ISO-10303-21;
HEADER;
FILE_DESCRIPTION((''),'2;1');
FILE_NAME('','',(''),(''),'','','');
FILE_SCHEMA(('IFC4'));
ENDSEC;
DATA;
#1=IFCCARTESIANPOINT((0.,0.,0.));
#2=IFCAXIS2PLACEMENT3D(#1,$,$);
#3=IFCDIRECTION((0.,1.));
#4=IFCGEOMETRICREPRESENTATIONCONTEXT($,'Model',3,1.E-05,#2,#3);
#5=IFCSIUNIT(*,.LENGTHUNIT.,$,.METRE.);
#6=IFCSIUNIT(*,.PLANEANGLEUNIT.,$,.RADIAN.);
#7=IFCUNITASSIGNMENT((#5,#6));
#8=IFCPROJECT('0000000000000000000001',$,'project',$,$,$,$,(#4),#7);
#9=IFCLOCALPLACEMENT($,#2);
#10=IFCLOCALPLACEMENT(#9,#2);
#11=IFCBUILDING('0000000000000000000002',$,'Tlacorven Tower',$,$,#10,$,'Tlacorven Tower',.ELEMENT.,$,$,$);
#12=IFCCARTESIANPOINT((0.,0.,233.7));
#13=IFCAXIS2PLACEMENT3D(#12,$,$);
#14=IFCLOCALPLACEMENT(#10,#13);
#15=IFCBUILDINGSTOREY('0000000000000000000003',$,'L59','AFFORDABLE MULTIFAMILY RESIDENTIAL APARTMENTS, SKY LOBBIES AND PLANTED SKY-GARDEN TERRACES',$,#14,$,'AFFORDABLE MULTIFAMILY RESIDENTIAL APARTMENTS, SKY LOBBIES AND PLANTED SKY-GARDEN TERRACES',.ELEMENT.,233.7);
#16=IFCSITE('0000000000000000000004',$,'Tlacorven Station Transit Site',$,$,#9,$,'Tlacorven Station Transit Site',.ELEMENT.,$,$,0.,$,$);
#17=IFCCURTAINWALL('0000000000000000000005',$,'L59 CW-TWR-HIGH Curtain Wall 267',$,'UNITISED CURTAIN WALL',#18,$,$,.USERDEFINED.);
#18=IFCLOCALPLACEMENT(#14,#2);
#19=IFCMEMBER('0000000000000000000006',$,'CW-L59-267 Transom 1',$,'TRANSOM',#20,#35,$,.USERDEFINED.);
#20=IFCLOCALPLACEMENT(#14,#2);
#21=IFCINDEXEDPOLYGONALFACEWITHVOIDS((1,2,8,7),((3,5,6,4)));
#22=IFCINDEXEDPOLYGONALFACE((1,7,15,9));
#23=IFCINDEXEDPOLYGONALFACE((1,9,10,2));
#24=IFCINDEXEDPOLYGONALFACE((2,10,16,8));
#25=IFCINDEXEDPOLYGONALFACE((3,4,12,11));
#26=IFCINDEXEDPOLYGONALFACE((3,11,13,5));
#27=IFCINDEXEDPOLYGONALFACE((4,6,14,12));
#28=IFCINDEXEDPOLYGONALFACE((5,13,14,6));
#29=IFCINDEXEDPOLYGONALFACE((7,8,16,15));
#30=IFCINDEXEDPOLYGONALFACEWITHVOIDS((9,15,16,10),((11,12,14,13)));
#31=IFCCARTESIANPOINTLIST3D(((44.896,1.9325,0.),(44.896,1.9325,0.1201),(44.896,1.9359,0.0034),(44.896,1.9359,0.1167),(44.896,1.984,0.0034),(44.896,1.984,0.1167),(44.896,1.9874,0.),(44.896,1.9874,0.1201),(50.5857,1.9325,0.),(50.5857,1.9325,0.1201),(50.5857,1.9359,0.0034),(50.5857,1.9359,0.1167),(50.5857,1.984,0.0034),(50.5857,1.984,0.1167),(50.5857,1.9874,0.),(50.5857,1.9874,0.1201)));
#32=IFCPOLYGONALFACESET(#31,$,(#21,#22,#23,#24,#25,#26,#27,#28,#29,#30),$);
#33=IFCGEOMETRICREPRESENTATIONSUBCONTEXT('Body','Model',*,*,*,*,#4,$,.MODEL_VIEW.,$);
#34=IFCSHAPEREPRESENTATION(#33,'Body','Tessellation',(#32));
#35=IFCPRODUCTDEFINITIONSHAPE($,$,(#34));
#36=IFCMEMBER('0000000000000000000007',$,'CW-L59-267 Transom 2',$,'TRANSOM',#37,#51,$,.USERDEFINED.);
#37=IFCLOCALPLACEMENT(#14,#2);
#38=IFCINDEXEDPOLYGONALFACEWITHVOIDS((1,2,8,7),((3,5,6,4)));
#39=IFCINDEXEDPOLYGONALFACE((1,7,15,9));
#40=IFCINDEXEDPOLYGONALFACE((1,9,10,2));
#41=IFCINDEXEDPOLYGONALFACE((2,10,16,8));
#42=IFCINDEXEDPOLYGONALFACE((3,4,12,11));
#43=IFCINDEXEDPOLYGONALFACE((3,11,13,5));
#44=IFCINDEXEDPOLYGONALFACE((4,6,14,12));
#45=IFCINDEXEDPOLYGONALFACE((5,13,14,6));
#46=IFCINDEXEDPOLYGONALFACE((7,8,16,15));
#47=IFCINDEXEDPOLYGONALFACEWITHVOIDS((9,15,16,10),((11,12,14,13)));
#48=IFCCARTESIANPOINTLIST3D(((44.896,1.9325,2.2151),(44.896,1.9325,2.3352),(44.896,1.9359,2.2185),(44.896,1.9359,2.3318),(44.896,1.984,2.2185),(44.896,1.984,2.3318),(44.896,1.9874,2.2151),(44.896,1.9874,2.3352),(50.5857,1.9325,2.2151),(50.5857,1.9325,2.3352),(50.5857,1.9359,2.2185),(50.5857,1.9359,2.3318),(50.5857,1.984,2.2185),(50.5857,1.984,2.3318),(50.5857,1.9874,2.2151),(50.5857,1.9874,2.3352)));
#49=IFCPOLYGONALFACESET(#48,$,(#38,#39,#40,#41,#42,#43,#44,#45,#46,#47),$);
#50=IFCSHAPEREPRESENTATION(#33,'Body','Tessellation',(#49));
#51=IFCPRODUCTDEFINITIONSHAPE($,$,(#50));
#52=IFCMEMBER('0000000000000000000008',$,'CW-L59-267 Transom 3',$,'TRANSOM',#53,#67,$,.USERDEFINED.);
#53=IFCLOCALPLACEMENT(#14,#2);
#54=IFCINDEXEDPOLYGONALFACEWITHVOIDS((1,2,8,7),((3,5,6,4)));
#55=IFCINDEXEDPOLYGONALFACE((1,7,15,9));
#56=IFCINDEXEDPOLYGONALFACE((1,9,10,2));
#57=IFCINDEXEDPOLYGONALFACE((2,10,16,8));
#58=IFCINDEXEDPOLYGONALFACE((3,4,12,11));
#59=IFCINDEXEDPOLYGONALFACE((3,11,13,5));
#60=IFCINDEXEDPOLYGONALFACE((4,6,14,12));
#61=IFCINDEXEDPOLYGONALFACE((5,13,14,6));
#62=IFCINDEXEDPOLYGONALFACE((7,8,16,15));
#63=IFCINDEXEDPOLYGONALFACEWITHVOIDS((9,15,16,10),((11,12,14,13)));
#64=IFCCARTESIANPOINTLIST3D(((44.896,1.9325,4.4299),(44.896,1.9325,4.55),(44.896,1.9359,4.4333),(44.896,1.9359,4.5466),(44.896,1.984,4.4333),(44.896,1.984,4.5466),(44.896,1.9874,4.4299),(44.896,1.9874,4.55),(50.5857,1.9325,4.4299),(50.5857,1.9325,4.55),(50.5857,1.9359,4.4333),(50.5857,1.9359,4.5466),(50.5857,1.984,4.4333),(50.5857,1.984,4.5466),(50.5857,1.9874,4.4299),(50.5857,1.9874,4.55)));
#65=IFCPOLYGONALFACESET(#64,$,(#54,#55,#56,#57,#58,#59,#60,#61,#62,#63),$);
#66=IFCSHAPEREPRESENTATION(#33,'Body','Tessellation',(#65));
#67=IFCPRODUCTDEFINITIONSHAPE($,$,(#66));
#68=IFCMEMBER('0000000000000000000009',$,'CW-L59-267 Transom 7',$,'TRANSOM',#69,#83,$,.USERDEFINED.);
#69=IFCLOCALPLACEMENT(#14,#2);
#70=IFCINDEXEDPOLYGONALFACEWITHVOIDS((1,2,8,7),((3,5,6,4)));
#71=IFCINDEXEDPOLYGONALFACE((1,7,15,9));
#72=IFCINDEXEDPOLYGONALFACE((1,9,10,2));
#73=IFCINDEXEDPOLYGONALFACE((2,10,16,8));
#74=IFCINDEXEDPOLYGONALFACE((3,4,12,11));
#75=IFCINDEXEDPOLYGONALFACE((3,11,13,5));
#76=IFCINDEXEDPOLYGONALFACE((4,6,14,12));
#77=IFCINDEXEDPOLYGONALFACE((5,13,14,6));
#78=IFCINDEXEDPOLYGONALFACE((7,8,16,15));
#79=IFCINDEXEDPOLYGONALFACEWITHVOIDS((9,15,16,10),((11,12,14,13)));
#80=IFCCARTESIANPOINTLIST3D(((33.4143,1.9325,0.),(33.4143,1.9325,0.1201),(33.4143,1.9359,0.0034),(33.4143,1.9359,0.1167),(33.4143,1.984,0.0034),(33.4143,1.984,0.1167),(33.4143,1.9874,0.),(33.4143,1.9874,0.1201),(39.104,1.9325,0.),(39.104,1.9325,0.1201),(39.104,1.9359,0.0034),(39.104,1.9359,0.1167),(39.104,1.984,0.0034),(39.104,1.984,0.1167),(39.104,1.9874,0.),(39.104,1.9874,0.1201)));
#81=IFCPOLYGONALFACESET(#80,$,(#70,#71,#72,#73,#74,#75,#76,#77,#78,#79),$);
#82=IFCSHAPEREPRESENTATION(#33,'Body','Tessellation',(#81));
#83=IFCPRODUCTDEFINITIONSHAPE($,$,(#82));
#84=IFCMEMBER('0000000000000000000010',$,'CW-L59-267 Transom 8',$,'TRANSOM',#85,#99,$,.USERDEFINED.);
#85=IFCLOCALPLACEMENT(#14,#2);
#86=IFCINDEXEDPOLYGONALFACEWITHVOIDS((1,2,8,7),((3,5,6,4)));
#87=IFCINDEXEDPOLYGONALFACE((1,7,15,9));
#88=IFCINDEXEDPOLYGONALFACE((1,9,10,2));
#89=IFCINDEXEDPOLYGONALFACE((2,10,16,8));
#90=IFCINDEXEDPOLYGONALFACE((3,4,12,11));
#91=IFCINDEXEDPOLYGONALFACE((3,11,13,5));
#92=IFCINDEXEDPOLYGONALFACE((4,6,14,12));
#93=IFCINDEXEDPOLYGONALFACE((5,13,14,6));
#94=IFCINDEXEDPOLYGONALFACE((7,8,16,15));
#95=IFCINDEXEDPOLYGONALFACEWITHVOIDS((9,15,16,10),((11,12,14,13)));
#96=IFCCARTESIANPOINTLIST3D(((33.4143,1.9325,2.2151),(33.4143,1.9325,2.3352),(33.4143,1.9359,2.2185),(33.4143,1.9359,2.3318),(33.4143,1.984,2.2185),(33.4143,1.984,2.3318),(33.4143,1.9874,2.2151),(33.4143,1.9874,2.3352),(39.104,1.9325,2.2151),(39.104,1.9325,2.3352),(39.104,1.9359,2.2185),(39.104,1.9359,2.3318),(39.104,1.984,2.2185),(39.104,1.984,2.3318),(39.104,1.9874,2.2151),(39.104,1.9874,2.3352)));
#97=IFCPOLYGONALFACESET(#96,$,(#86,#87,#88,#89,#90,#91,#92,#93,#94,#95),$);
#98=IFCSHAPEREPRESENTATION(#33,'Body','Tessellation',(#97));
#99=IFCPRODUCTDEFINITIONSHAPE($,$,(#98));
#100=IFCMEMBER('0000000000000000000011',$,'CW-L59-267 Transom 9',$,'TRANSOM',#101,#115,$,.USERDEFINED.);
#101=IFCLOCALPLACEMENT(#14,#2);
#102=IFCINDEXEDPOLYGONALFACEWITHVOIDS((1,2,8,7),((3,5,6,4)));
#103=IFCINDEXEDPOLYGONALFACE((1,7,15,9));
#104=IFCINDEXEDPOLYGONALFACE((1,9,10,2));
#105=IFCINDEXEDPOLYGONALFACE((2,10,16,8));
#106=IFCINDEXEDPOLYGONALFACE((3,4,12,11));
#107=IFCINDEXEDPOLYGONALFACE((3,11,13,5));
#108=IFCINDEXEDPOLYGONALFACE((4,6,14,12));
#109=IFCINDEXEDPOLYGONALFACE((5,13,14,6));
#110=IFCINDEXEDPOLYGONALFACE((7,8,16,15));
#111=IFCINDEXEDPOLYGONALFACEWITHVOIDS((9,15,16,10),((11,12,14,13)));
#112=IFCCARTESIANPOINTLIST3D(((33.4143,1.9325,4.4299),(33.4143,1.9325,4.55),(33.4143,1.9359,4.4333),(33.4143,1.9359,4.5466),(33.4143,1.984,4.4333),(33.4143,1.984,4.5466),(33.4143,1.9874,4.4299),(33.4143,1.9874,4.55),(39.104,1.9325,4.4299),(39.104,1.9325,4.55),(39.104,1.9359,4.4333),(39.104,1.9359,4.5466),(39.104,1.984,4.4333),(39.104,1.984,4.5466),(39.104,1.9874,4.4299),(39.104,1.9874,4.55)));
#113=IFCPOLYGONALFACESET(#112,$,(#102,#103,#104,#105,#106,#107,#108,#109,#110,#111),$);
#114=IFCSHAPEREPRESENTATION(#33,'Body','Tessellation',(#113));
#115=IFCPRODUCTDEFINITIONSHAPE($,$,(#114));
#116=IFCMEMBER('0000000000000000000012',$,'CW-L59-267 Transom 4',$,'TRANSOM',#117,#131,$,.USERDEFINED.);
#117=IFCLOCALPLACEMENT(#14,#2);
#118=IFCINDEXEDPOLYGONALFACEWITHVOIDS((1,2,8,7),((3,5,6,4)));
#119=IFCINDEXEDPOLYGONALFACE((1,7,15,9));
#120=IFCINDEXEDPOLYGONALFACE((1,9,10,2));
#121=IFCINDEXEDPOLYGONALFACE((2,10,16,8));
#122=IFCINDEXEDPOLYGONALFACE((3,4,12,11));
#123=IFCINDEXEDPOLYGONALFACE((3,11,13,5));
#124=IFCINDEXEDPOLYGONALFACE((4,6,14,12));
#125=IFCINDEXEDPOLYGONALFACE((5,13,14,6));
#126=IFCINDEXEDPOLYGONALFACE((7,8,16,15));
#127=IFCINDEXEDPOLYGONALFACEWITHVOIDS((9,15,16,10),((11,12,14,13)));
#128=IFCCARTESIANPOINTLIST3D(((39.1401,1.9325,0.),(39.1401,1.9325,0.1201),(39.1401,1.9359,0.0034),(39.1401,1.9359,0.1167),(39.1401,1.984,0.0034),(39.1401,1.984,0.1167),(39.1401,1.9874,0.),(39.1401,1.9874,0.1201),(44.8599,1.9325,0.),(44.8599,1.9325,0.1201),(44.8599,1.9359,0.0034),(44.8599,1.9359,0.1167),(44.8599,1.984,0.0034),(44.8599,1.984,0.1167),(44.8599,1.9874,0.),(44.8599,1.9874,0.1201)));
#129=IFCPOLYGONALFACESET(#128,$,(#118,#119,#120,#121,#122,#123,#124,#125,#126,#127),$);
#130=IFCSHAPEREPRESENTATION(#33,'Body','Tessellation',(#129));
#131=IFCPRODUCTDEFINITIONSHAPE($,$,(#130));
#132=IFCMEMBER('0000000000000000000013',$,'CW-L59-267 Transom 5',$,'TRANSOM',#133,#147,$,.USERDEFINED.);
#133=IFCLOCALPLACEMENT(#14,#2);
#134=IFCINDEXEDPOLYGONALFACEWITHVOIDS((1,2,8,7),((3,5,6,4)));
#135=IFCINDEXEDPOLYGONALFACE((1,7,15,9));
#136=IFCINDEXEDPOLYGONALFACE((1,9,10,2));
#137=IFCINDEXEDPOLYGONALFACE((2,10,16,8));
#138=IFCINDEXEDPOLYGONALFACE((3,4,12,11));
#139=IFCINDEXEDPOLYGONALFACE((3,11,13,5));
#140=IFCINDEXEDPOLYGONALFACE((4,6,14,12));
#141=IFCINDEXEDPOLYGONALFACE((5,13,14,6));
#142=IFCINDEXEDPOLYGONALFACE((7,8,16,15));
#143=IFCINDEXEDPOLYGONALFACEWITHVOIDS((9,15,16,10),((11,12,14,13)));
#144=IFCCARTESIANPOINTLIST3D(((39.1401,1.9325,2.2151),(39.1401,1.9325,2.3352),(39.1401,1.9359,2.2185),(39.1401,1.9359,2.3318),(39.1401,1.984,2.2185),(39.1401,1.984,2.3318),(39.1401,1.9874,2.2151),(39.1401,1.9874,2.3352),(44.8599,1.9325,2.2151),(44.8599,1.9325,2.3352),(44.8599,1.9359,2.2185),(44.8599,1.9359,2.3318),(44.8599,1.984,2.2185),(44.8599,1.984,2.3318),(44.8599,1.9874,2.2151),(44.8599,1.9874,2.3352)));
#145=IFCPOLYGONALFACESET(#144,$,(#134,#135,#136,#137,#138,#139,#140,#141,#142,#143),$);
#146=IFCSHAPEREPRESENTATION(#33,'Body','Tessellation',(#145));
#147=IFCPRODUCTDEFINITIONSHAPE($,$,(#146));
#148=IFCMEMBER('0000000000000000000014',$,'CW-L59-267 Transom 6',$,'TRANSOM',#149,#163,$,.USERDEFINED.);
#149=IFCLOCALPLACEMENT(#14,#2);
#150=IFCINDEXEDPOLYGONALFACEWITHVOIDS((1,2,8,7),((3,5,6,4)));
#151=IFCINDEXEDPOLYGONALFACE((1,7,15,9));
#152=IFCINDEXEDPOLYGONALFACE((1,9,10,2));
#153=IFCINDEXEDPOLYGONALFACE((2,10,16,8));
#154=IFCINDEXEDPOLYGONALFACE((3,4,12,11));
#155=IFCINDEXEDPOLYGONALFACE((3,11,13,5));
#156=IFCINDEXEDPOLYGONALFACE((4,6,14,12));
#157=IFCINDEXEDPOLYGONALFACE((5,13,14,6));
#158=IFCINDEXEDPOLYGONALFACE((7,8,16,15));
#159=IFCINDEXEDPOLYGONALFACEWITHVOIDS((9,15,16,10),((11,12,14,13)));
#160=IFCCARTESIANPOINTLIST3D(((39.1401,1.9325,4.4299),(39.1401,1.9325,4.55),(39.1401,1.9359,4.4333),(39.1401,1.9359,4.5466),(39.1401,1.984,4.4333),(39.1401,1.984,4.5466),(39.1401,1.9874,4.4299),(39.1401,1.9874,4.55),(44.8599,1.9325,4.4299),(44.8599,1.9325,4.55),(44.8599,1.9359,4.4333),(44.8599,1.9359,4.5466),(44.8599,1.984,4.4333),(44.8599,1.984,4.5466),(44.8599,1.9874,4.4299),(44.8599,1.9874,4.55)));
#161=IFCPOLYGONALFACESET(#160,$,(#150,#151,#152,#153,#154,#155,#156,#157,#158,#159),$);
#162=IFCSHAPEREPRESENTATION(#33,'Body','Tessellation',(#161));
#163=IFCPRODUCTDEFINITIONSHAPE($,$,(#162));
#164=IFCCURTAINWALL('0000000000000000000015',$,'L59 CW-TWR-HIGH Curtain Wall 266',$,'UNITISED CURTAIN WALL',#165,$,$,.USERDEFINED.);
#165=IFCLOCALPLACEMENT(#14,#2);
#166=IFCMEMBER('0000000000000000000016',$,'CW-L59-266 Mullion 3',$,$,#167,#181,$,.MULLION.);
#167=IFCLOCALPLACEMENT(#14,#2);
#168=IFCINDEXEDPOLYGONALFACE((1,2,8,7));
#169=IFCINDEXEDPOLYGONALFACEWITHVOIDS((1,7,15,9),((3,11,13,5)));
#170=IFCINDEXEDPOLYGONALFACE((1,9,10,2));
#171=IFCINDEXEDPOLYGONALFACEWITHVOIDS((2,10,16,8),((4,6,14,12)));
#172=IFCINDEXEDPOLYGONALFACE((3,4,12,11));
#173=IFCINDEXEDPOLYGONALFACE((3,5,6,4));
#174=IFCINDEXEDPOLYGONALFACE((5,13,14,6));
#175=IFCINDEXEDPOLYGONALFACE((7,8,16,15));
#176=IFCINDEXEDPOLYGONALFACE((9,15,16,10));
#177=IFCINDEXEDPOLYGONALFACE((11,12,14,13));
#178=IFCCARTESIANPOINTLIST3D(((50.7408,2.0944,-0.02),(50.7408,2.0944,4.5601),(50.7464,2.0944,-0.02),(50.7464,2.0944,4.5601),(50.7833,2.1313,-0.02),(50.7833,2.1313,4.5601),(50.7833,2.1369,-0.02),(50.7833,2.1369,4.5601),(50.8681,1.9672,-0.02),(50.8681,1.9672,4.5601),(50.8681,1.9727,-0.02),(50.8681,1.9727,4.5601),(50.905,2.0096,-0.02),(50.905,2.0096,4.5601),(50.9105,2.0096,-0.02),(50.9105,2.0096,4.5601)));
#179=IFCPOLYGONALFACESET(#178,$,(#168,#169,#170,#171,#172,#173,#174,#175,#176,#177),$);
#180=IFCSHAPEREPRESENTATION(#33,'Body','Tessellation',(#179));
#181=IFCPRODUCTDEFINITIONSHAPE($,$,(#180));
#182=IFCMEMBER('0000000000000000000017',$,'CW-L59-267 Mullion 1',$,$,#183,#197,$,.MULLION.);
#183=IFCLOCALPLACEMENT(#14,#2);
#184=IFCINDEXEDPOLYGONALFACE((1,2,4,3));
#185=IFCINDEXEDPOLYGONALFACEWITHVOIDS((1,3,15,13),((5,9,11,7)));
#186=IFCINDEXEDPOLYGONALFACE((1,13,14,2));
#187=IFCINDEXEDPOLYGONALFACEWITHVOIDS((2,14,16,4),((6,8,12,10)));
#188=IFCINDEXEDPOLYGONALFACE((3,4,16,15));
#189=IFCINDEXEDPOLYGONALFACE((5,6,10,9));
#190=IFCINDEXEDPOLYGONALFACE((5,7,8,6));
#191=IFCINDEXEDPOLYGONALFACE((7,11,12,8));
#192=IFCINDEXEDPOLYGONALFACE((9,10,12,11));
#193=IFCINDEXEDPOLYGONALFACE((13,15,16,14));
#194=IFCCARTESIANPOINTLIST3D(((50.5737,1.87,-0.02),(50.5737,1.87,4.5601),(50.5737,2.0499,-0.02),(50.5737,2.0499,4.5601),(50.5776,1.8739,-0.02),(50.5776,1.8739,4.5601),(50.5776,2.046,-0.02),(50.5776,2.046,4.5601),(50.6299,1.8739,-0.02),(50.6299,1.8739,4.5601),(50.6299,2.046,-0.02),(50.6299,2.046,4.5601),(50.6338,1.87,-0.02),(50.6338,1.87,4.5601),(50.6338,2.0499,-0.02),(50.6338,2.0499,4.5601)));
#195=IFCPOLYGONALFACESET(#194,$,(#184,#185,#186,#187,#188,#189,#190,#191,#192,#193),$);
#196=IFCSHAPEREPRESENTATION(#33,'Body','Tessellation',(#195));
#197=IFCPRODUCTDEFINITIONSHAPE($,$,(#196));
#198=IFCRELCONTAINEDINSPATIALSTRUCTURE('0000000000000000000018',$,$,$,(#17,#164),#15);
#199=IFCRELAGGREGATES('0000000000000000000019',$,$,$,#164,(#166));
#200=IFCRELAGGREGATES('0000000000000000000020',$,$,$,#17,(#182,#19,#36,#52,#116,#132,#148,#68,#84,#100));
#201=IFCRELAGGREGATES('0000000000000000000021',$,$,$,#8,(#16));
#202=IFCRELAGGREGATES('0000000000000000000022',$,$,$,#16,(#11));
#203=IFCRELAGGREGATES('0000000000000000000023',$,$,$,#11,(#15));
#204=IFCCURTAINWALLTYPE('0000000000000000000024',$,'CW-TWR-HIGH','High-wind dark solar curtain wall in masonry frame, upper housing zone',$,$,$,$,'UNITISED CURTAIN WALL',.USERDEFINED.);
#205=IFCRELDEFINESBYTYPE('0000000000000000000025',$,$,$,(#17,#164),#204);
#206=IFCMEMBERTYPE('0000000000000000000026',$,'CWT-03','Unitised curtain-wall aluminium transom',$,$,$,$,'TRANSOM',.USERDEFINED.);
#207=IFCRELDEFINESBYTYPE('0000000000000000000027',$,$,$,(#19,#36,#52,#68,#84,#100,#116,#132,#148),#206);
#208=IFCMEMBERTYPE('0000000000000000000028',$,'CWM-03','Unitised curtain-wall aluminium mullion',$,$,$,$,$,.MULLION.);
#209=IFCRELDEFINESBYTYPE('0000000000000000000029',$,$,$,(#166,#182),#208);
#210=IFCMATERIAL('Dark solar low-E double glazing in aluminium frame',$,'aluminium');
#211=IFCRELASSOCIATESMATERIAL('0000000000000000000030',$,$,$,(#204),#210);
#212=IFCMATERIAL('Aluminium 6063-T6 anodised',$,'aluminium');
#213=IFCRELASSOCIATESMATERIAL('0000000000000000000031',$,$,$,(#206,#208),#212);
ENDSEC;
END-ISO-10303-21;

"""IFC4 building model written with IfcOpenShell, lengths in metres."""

from ifc_helpers import new_model, si_unit, direction, frame, origin, origin_2d, place, context, subcontext, project, spatial, hollow_rectangle, extrude, source, transform, mapped, material, material_profile, profile_set, type_object, element, aggregate, save


model = new_model("IFC4")

# Units and contexts
model_context = context("Model", 3, precision=1e-05, world=origin(), true_north=direction((0.0, 1.0)))
body_context = subcontext(model_context, "Body", "Model", "MODEL_VIEW")
ifc_project = project(units=[si_unit("LENGTHUNIT", "METRE"), si_unit("PLANEANGLEUNIT", "RADIAN")], contexts=[model_context])

# Site, building, storey
site_placement = place(None, origin())
site = spatial("IfcSite", under=ifc_project, at=site_placement, Name="Tlacorven Station Transit Site", LongName="Tlacorven Station Transit Site", CompositionType="ELEMENT", RefElevation=0.0)
building_placement = place(site_placement, origin())
building = spatial("IfcBuilding", under=site, at=building_placement, Name="Tlacorven Tower", LongName="Tlacorven Tower", CompositionType="ELEMENT")
storey_placement = place(building_placement, frame((0.0, 0.0, 233.7)))
storey = spatial("IfcBuildingStorey", under=building, at=storey_placement, Name="L59", Description="AFFORDABLE MULTIFAMILY RESIDENTIAL APARTMENTS, SKY LOBBIES AND PLANTED SKY-GARDEN TERRACES", LongName="AFFORDABLE MULTIFAMILY RESIDENTIAL APARTMENTS, SKY LOBBIES AND PLANTED SKY-GARDEN TERRACES", CompositionType="ELEMENT", Elevation=233.7)

# Curtain wall, members
ifc_material_1 = material(Name="Dark solar low-E double glazing in aluminium frame", Category="aluminium")
curtain_wall_type = type_object("IfcCurtainWallType", Name="CW-TWR-HIGH", Description="High-wind dark solar curtain wall in masonry frame, upper housing zone", ElementType="UNITISED CURTAIN WALL", PredefinedType="USERDEFINED", material=ifc_material_1)
curtain_wall_1_placement = place(storey_placement, origin())
curtain_wall_1 = element("IfcCurtainWall", 1, at=curtain_wall_1_placement, inside=storey, type_object=curtain_wall_type, Name="L59 CW-TWR-HIGH Curtain Wall 267", ObjectType="UNITISED CURTAIN WALL", PredefinedType="USERDEFINED")
ifc_material_2 = material(Name="Aluminium 6063-T6 anodised", Category="aluminium")
ifc_material_profile_1 = material_profile(ifc_material_2, hollow_rectangle(XDim=0.0549, YDim=0.1201, WallThickness=0.0034, at=origin_2d()), Name="ALU TRANSOM 55X120")
ifc_profile_set_1 = profile_set([ifc_material_profile_1], Name="Aluminium 6063-T6 anodised")
member_type_1 = type_object("IfcMemberType", Name="CWT-03", Description="Unitised curtain-wall aluminium transom", ElementType="TRANSOM", PredefinedType="USERDEFINED", material=ifc_profile_set_1)
shared_shape_1 = source(origin(), body_context, "Body", "SweptSolid", [
    extrude(hollow_rectangle(XDim=0.0549, YDim=0.1201, WallThickness=0.0034, at=origin_2d()), origin(), (0.0, 0.0, 1.0), 5.6897),
])
member_1_placement = place(storey_placement, frame((50.5857, 1.96, 0.0601), z_axis=(-1.0, 0.0, 0.0), x_axis=(0.0, -1.0, 0.0)))
member_1 = element("IfcMember", 2, at=member_1_placement, type_object=member_type_1, Name="CW-L59-267 Transom 1", ObjectType="TRANSOM", PredefinedType="USERDEFINED", context=body_context, shape_type="MappedRepresentation", body=[
    mapped(shared_shape_1, transform((0.0, 0.0, 0.0), scale=1.0)),
])
member_2_placement = place(storey_placement, frame((50.5857, 1.96, 2.2751), z_axis=(-1.0, 0.0, 0.0), x_axis=(0.0, -1.0, 0.0)))
member_2 = element("IfcMember", 3, at=member_2_placement, type_object=member_type_1, Name="CW-L59-267 Transom 2", ObjectType="TRANSOM", PredefinedType="USERDEFINED", context=body_context, shape_type="MappedRepresentation", body=[
    mapped(shared_shape_1, transform((0.0, 0.0, 0.0), scale=1.0)),
])
member_3_placement = place(storey_placement, frame((50.5857, 1.96, 4.49), z_axis=(-1.0, 0.0, 0.0), x_axis=(0.0, -1.0, 0.0)))
member_3 = element("IfcMember", 4, at=member_3_placement, type_object=member_type_1, Name="CW-L59-267 Transom 3", ObjectType="TRANSOM", PredefinedType="USERDEFINED", context=body_context, shape_type="MappedRepresentation", body=[
    mapped(shared_shape_1, transform((0.0, 0.0, 0.0), scale=1.0)),
])
member_4_placement = place(storey_placement, frame((39.104, 1.96, 0.0601), z_axis=(-1.0, 0.0, 0.0), x_axis=(0.0, -1.0, 0.0)))
member_4 = element("IfcMember", 5, at=member_4_placement, type_object=member_type_1, Name="CW-L59-267 Transom 7", ObjectType="TRANSOM", PredefinedType="USERDEFINED", context=body_context, shape_type="MappedRepresentation", body=[
    mapped(shared_shape_1, transform((0.0, 0.0, 0.0), scale=1.0)),
])
member_5_placement = place(storey_placement, frame((39.104, 1.96, 2.2751), z_axis=(-1.0, 0.0, 0.0), x_axis=(0.0, -1.0, 0.0)))
member_5 = element("IfcMember", 6, at=member_5_placement, type_object=member_type_1, Name="CW-L59-267 Transom 8", ObjectType="TRANSOM", PredefinedType="USERDEFINED", context=body_context, shape_type="MappedRepresentation", body=[
    mapped(shared_shape_1, transform((0.0, 0.0, 0.0), scale=1.0)),
])
member_6_placement = place(storey_placement, frame((39.104, 1.96, 4.49), z_axis=(-1.0, 0.0, 0.0), x_axis=(0.0, -1.0, 0.0)))
member_6 = element("IfcMember", 7, at=member_6_placement, type_object=member_type_1, Name="CW-L59-267 Transom 9", ObjectType="TRANSOM", PredefinedType="USERDEFINED", context=body_context, shape_type="MappedRepresentation", body=[
    mapped(shared_shape_1, transform((0.0, 0.0, 0.0), scale=1.0)),
])
shared_shape_2 = source(origin(), body_context, "Body", "SweptSolid", [
    extrude(hollow_rectangle(XDim=0.0549, YDim=0.1201, WallThickness=0.0034, at=origin_2d()), origin(), (0.0, 0.0, 1.0), 5.7197),
])
member_7_placement = place(storey_placement, frame((44.8599, 1.96, 0.0601), z_axis=(-1.0, 0.0, 0.0), x_axis=(0.0, -1.0, 0.0)))
member_7 = element("IfcMember", 8, at=member_7_placement, type_object=member_type_1, Name="CW-L59-267 Transom 4", ObjectType="TRANSOM", PredefinedType="USERDEFINED", context=body_context, shape_type="MappedRepresentation", body=[
    mapped(shared_shape_2, transform((0.0, 0.0, 0.0), scale=1.0)),
])
member_8_placement = place(storey_placement, frame((44.8599, 1.96, 2.2751), z_axis=(-1.0, 0.0, 0.0), x_axis=(0.0, -1.0, 0.0)))
member_8 = element("IfcMember", 9, at=member_8_placement, type_object=member_type_1, Name="CW-L59-267 Transom 5", ObjectType="TRANSOM", PredefinedType="USERDEFINED", context=body_context, shape_type="MappedRepresentation", body=[
    mapped(shared_shape_2, transform((0.0, 0.0, 0.0), scale=1.0)),
])
member_9_placement = place(storey_placement, frame((44.8599, 1.96, 4.49), z_axis=(-1.0, 0.0, 0.0), x_axis=(0.0, -1.0, 0.0)))
member_9 = element("IfcMember", 10, at=member_9_placement, type_object=member_type_1, Name="CW-L59-267 Transom 6", ObjectType="TRANSOM", PredefinedType="USERDEFINED", context=body_context, shape_type="MappedRepresentation", body=[
    mapped(shared_shape_2, transform((0.0, 0.0, 0.0), scale=1.0)),
])

# Curtain wall, member
curtain_wall_2_placement = place(storey_placement, origin())
curtain_wall_2 = element("IfcCurtainWall", 11, at=curtain_wall_2_placement, inside=storey, type_object=curtain_wall_type, Name="L59 CW-TWR-HIGH Curtain Wall 266", ObjectType="UNITISED CURTAIN WALL", PredefinedType="USERDEFINED")
ifc_material_profile_2 = material_profile(ifc_material_2, hollow_rectangle(XDim=0.0601, YDim=0.1799, WallThickness=0.0039, at=origin_2d()), Name="ALU MULLION 60X180")
ifc_profile_set_2 = profile_set([ifc_material_profile_2], Name="Aluminium 6063-T6 anodised")
member_type_2 = type_object("IfcMemberType", Name="CWM-03", Description="Unitised curtain-wall aluminium mullion", PredefinedType="MULLION", material=ifc_profile_set_2)
shared_shape_3 = source(origin(), body_context, "Body", "SweptSolid", [
    extrude(hollow_rectangle(XDim=0.0601, YDim=0.1799, WallThickness=0.0039, at=origin_2d()), origin(), (0.0, 0.0, 1.0), 4.5801),
])
member_10_placement = place(storey_placement, frame((50.8257, 2.052, -0.02), z_axis=(0.0, 0.0, 1.0), x_axis=(-0.707107, -0.707107, 0.0)))
member_10 = element("IfcMember", 12, at=member_10_placement, type_object=member_type_2, Name="CW-L59-266 Mullion 3", PredefinedType="MULLION", context=body_context, shape_type="MappedRepresentation", body=[
    mapped(shared_shape_3, transform((0.0, 0.0, 0.0), scale=1.0)),
])

# Member
member_11_placement = place(storey_placement, frame((50.6038, 1.96, -0.02), z_axis=(0.0, 0.0, 1.0), x_axis=(-1.0, 0.0, 0.0)))
member_11 = element("IfcMember", 13, at=member_11_placement, type_object=member_type_2, Name="CW-L59-267 Mullion 1", PredefinedType="MULLION", context=body_context, shape_type="MappedRepresentation", body=[
    mapped(shared_shape_3, transform((0.0, 0.0, 0.0), scale=1.0)),
])

aggregate(curtain_wall_2, [member_10])
aggregate(curtain_wall_1, [member_11, member_1, member_2, member_3, member_7, member_8, member_9, member_4, member_5, member_6])

save(model, "model.ifc")
